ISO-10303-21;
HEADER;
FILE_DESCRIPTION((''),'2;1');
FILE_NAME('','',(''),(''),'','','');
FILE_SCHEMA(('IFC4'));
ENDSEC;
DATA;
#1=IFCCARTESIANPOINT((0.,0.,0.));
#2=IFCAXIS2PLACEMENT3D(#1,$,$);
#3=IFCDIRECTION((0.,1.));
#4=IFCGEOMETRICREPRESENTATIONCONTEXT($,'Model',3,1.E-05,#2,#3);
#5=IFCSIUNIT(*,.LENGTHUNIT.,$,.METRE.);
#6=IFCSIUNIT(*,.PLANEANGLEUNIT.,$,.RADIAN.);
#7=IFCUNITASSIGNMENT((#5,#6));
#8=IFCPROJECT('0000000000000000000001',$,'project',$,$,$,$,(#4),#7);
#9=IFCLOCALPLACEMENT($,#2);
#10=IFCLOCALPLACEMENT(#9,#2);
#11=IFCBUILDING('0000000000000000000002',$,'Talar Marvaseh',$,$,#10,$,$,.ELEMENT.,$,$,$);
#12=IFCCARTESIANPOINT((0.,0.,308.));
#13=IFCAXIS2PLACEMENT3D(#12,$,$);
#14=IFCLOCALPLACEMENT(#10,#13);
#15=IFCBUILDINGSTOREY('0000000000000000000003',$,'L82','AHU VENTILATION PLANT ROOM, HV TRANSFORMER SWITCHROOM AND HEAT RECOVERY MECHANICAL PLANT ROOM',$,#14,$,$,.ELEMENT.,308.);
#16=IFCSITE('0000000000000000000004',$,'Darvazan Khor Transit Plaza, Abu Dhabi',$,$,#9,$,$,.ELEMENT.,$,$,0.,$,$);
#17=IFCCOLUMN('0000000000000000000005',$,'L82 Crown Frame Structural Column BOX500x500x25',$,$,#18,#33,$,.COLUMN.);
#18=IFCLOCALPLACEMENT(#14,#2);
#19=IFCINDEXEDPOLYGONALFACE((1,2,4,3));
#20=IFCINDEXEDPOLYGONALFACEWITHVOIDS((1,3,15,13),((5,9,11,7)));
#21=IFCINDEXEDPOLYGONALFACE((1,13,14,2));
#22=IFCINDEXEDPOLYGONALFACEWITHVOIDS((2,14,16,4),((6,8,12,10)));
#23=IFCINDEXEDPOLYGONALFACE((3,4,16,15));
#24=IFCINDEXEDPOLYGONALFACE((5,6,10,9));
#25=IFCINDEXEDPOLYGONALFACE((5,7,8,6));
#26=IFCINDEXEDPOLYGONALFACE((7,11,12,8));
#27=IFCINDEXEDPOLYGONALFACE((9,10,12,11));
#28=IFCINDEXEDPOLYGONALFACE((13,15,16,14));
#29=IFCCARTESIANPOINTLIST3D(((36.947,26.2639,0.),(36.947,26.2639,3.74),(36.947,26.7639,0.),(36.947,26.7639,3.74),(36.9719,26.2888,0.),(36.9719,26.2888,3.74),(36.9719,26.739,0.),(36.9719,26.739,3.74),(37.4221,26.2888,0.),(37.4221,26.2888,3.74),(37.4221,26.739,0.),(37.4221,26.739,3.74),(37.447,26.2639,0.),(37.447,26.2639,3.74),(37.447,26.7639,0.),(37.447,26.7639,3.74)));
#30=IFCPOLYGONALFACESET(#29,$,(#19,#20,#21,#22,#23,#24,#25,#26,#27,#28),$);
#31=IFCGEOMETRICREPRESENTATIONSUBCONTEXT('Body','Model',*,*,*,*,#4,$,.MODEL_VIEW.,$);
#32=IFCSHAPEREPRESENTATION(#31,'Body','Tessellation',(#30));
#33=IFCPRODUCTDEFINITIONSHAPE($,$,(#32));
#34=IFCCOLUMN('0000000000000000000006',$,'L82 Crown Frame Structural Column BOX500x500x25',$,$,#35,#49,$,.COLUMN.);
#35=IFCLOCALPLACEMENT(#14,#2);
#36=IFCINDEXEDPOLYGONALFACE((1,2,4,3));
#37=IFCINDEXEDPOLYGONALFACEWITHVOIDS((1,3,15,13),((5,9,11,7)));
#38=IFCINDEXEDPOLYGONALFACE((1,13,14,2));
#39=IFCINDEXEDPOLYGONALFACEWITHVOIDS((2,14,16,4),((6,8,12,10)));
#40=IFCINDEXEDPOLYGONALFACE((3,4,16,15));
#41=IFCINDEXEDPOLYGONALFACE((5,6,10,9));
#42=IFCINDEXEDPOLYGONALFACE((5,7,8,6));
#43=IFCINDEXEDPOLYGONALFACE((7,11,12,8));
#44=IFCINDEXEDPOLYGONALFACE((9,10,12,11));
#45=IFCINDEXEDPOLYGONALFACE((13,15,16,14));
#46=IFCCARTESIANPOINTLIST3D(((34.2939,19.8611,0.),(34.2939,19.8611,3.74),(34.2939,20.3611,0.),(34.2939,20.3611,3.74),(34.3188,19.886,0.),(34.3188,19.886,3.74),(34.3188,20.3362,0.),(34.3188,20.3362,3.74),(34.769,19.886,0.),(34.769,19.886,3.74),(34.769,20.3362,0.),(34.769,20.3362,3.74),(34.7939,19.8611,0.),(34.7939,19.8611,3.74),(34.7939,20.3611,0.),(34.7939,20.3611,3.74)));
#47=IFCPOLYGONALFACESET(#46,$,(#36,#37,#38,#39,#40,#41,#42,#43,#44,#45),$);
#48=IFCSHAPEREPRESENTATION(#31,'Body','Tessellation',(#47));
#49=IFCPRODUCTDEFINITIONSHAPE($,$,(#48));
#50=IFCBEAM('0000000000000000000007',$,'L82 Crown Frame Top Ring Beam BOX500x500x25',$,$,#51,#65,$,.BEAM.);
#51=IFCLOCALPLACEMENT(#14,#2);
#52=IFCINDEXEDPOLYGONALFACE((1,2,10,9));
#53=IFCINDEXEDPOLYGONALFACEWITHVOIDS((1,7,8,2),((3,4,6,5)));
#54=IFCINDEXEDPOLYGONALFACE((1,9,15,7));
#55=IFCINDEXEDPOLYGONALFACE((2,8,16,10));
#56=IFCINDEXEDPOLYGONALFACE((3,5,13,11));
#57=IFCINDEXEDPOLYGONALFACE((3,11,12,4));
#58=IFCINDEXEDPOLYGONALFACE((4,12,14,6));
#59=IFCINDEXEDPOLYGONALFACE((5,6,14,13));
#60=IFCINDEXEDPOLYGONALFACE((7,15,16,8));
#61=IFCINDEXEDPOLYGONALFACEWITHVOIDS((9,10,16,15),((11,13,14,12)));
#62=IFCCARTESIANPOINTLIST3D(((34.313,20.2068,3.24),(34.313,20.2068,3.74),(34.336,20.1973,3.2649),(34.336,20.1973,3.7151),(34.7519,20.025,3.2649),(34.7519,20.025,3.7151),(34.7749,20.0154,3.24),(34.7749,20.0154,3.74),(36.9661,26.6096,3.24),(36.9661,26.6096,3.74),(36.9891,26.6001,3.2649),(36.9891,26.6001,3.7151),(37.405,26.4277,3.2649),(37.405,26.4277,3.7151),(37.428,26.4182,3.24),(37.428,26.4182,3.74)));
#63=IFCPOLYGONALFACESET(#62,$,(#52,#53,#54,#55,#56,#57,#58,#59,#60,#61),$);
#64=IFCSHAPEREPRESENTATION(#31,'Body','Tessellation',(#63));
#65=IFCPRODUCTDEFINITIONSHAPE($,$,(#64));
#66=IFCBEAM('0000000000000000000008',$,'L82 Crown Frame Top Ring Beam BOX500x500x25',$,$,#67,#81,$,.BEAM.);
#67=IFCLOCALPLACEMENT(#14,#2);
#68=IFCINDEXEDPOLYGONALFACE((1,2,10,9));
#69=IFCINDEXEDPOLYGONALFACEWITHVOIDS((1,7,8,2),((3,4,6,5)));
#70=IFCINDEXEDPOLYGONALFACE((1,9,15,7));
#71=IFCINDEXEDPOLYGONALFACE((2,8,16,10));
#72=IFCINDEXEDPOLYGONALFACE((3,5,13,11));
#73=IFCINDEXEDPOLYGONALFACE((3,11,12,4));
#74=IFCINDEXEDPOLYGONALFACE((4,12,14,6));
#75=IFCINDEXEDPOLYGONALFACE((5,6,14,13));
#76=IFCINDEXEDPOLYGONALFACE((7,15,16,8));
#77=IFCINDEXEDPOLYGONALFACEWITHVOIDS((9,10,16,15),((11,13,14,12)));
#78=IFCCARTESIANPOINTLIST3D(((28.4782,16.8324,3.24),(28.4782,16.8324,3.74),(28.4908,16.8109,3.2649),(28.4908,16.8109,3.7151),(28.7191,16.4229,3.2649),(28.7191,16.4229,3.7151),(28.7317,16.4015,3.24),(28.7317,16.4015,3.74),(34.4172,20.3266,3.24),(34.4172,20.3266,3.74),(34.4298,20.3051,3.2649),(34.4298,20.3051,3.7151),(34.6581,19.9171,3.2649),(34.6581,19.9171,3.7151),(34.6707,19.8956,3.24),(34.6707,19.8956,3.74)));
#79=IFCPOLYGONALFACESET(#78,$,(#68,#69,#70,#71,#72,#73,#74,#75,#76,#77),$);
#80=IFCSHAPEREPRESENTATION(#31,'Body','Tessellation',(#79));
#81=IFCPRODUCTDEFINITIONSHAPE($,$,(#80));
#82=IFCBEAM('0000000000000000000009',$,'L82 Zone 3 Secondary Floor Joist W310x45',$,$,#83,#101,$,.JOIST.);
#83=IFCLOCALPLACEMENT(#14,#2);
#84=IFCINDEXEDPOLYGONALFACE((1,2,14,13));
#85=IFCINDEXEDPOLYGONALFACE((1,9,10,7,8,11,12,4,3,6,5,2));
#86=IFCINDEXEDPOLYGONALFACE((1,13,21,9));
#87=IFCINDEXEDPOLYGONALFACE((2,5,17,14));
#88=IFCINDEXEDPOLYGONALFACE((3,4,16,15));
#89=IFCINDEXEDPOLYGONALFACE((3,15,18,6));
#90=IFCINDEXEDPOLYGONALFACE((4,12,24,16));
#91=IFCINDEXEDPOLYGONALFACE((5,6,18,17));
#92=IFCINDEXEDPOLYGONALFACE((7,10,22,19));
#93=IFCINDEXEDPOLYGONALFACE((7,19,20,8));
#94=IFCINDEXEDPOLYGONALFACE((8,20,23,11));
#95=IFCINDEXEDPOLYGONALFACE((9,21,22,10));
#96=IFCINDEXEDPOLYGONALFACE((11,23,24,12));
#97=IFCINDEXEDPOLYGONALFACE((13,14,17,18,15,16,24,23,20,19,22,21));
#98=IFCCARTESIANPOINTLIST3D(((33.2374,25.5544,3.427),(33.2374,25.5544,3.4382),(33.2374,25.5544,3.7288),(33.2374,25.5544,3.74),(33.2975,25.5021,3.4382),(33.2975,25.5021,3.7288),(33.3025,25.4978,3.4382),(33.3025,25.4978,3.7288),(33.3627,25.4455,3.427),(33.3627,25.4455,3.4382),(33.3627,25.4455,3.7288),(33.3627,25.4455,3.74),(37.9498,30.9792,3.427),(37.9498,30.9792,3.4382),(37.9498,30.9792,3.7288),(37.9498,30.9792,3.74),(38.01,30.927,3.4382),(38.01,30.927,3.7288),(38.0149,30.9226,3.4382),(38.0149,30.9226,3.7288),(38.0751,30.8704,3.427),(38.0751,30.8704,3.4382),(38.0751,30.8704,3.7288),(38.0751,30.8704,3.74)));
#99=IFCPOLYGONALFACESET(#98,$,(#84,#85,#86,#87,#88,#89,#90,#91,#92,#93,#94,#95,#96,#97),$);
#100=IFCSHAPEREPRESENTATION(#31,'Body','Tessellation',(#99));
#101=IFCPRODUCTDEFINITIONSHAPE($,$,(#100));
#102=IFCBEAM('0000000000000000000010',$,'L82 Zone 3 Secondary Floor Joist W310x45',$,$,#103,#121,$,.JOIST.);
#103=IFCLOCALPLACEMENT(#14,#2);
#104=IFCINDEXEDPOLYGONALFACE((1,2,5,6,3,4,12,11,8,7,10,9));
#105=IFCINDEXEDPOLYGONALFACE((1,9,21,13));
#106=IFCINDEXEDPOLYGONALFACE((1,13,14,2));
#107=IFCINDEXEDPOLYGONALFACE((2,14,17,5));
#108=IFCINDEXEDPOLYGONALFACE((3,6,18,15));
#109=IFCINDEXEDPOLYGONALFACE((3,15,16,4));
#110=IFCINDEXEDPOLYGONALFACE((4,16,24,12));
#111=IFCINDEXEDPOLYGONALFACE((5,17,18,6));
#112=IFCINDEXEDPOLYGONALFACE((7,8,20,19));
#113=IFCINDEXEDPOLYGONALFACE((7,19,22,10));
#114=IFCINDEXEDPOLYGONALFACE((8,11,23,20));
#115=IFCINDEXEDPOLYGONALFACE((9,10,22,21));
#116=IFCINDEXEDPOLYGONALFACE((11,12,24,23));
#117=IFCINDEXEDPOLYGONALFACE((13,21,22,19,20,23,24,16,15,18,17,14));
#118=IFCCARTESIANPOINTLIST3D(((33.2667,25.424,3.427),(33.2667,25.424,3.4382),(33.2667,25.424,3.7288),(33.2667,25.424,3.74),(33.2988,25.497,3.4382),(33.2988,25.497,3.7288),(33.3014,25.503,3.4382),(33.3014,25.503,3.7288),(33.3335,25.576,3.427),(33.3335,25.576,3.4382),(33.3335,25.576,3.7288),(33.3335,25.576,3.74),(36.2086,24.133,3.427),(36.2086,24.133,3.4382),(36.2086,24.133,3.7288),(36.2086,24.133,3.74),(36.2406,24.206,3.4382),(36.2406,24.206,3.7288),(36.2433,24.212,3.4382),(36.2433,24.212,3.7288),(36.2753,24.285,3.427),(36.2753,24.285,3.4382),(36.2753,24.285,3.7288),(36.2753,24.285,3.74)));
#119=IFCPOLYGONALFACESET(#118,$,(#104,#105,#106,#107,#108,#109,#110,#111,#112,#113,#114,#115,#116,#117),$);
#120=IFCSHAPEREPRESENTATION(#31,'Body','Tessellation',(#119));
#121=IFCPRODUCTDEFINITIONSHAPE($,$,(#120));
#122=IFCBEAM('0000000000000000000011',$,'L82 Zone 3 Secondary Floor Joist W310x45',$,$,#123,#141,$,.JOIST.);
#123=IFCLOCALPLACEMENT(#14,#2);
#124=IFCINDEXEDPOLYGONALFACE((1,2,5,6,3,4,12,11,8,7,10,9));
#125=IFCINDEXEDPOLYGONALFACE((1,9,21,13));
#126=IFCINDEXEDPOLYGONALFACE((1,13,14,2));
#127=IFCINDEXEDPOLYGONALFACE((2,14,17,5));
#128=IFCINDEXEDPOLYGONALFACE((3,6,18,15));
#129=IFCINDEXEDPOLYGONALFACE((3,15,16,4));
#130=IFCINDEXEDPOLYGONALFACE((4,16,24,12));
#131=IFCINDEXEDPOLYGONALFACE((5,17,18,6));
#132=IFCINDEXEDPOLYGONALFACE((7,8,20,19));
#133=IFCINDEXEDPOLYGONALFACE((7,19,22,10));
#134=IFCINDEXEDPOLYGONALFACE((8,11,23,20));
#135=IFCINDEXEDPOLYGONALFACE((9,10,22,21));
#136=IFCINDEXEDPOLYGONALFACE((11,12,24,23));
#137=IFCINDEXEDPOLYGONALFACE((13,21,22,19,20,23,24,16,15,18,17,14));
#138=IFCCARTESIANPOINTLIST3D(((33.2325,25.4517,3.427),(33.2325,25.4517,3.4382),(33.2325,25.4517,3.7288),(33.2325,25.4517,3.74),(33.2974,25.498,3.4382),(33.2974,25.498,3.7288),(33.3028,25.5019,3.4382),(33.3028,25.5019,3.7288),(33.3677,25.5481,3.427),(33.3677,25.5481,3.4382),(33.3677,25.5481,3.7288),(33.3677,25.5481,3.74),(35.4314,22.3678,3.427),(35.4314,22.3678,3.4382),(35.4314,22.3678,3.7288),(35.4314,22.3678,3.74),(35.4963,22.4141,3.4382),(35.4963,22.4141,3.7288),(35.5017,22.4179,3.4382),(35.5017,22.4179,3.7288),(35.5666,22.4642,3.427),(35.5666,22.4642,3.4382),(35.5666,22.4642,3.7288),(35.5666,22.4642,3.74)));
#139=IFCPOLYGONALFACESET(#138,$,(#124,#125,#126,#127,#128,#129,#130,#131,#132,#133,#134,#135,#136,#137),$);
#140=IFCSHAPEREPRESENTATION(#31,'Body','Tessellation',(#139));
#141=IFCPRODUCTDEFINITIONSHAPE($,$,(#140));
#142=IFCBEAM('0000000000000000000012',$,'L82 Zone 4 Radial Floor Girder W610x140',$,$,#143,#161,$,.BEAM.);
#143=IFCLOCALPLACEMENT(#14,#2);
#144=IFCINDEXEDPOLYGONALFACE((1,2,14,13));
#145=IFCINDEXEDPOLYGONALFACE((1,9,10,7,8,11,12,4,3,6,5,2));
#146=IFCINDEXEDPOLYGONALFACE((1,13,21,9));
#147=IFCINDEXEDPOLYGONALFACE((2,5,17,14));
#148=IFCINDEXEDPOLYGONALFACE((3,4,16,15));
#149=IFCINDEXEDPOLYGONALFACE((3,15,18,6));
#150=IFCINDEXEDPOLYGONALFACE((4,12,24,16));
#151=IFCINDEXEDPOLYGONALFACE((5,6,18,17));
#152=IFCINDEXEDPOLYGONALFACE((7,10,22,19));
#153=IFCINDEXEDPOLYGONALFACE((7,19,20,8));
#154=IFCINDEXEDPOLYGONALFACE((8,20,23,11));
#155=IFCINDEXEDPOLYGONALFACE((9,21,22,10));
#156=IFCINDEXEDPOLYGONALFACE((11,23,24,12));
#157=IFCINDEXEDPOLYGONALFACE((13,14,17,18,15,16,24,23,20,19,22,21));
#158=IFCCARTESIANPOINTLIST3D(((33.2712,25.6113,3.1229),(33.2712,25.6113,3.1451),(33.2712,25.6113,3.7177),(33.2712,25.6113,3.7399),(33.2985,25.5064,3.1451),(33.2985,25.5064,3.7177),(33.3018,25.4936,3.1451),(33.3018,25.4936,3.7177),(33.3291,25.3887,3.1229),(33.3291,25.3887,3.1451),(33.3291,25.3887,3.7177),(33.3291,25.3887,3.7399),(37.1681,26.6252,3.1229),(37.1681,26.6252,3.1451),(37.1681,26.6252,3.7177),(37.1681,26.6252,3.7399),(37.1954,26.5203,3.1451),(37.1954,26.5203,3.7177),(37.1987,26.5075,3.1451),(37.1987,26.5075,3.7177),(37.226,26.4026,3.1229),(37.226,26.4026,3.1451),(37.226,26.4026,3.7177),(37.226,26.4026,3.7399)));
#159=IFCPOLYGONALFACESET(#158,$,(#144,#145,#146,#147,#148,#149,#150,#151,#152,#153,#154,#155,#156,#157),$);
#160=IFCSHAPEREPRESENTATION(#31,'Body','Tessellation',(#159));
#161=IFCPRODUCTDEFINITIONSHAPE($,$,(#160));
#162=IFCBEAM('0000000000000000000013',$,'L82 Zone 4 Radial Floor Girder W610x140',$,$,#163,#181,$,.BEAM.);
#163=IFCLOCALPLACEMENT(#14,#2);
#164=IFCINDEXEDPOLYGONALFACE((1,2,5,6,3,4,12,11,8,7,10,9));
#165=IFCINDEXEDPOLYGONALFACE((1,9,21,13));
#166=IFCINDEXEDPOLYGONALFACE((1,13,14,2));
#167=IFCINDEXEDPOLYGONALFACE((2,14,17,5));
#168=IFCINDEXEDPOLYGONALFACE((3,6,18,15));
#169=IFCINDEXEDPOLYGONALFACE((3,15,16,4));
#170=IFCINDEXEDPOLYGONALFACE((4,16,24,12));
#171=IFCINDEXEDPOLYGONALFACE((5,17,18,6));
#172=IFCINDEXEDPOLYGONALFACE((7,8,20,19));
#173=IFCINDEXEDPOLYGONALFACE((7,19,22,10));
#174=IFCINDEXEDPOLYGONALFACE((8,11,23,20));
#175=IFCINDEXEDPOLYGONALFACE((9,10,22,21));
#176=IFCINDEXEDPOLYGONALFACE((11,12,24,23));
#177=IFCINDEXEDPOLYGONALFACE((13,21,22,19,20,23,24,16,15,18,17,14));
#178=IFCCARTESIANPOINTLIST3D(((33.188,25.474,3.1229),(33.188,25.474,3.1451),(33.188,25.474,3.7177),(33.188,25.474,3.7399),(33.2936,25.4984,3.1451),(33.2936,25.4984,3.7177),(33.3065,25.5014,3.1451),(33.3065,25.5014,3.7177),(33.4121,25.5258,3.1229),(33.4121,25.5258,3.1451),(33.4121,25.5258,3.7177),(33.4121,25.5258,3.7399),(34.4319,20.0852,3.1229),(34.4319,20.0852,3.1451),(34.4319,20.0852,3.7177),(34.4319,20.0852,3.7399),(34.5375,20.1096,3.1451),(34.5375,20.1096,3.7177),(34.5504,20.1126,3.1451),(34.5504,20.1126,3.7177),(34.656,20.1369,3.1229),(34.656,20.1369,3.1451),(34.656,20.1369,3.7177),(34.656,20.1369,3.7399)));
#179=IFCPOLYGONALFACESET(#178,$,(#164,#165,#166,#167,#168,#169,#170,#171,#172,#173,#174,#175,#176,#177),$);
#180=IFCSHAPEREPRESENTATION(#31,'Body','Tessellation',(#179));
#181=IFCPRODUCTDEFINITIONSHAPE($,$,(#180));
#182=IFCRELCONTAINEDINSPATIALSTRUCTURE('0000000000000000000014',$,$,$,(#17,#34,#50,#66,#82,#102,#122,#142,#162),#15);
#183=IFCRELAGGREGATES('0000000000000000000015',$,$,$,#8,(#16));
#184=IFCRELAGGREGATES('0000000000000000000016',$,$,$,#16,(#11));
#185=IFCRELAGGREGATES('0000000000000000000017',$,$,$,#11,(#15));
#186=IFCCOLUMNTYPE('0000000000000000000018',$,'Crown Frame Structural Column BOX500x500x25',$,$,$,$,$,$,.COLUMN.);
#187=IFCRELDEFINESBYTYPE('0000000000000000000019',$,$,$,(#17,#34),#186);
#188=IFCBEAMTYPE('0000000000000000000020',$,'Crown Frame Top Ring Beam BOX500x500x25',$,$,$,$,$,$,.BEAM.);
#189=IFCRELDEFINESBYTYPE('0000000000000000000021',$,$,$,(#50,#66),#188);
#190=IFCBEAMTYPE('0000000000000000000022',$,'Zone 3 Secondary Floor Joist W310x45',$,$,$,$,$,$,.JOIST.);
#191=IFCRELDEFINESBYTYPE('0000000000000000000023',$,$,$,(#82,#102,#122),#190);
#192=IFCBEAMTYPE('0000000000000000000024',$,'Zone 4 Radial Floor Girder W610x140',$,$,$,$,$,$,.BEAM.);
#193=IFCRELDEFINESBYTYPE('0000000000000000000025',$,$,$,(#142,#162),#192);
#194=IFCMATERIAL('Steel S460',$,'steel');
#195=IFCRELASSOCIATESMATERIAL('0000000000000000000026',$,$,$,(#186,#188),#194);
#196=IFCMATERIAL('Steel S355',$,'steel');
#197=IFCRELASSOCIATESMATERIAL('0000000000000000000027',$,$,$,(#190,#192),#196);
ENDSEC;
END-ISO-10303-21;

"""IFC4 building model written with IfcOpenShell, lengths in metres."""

from ifc_helpers import new_model, si_unit, direction, frame, origin, origin_2d, place, context, subcontext, project, spatial, hollow_rectangle, i_section, extrude, material, material_profile, profile_set, type_object, element, save


model = new_model("IFC4")

# Units and contexts
model_context = context("Model", 3, precision=1e-05, world=origin(), true_north=direction((0.0, 1.0)))
body_context = subcontext(model_context, "Body", "Model", "MODEL_VIEW")
ifc_project = project(units=[si_unit("LENGTHUNIT", "METRE"), si_unit("PLANEANGLEUNIT", "RADIAN")], contexts=[model_context])

# Site, building, storey
site_placement = place(None, origin())
site = spatial("IfcSite", under=ifc_project, at=site_placement, Name="Darvazan Khor Transit Plaza, Abu Dhabi", CompositionType="ELEMENT", RefElevation=0.0)
building_placement = place(site_placement, origin())
building = spatial("IfcBuilding", under=site, at=building_placement, Name="Talar Marvaseh", CompositionType="ELEMENT")
storey_placement = place(building_placement, frame((0.0, 0.0, 308.0)))
storey = spatial("IfcBuildingStorey", under=building, at=storey_placement, Name="L82", Description="AHU VENTILATION PLANT ROOM, HV TRANSFORMER SWITCHROOM AND HEAT RECOVERY MECHANICAL PLANT ROOM", CompositionType="ELEMENT", Elevation=308.0)

# Columns
ifc_material_1 = material(Name="Steel S460", Category="steel")
ifc_material_profile_1 = material_profile(ifc_material_1, hollow_rectangle(XDim=0.5, YDim=0.5, WallThickness=0.0249, at=origin_2d()), Name="BOX500x500x25")
ifc_profile_set_1 = profile_set([ifc_material_profile_1], Name="Steel S460")
column_type = type_object("IfcColumnType", Name="Crown Frame Structural Column BOX500x500x25", PredefinedType="COLUMN", material=ifc_profile_set_1)
for number, where, z_axis, x_axis, name in (
    (1, (37.197, 26.5139, 0.0), (0.0, 0.0, 1.0), (1.0, 0.0, 0.0), "L82 Crown Frame Structural Column BOX500x500x25"),
    (2, (34.5439, 20.1111, 0.0), (0.0, 0.0, 1.0), (1.0, 0.0, 0.0), "L82 Crown Frame Structural Column BOX500x500x25"),
):
    element("IfcColumn", number, at=place(storey_placement, frame(where, z_axis=z_axis, x_axis=x_axis)), inside=storey, type_object=column_type, Name=name, PredefinedType="COLUMN", context=body_context, shape_type="SweptSolid", body=[
        extrude(hollow_rectangle(XDim=0.5, YDim=0.5, WallThickness=0.0249, at=origin_2d()), origin(), (0.0, 0.0, 1.0), 3.74),
    ])

# Beams
ifc_material_profile_2 = material_profile(ifc_material_1, hollow_rectangle(XDim=0.5, YDim=0.5, WallThickness=0.0249, at=origin_2d()), Name="BOX500x500x25")
ifc_profile_set_2 = profile_set([ifc_material_profile_2], Name="Steel S460")
beam_type_1 = type_object("IfcBeamType", Name="Crown Frame Top Ring Beam BOX500x500x25", PredefinedType="BEAM", material=ifc_profile_set_2)
beam_1_placement = place(storey_placement, frame((37.197, 26.5139, 3.49), z_axis=(-0.382799, -0.923832, 0.0), x_axis=(0.923832, -0.382799, 0.0)))
element("IfcBeam", 3, at=beam_1_placement, inside=storey, type_object=beam_type_1, Name="L82 Crown Frame Top Ring Beam BOX500x500x25", PredefinedType="BEAM", context=body_context, shape_type="SweptSolid", body=[
    extrude(hollow_rectangle(XDim=0.5, YDim=0.5, WallThickness=0.0249, at=origin_2d()), origin(), (0.0, 0.0, 1.0), 6.9307),
])
beam_2_placement = place(storey_placement, frame((34.5439, 20.1111, 3.49), z_axis=(-0.861894, -0.507088, 0.0), x_axis=(0.507088, -0.861894, 0.0)))
element("IfcBeam", 4, at=beam_2_placement, inside=storey, type_object=beam_type_1, Name="L82 Crown Frame Top Ring Beam BOX500x500x25", PredefinedType="BEAM", context=body_context, shape_type="SweptSolid", body=[
    extrude(hollow_rectangle(XDim=0.5, YDim=0.5, WallThickness=0.0249, at=origin_2d()), origin(), (0.0, 0.0, 1.0), 6.8906),
])
ifc_material_2 = material(Name="Steel S355", Category="steel")
ifc_material_profile_3 = material_profile(ifc_material_2, i_section(OverallWidth=0.166, OverallDepth=0.313, WebThickness=0.0066, FlangeThickness=0.0112, at=origin_2d()), Name="W310x45")
ifc_profile_set_3 = profile_set([ifc_material_profile_3], Name="Steel S355")
beam_type_2 = type_object("IfcBeamType", Name="Zone 3 Secondary Floor Joist W310x45", PredefinedType="JOIST", material=ifc_profile_set_3)
beam_3_placement = place(storey_placement, frame((38.0125, 30.9248, 3.5835), z_axis=(-0.655797, -0.754938, 0.0), x_axis=(0.754938, -0.655797, 0.0)))
element("IfcBeam", 5, at=beam_3_placement, inside=storey, type_object=beam_type_2, Name="L82 Zone 3 Secondary Floor Joist W310x45", PredefinedType="JOIST", context=body_context, shape_type="SweptSolid", body=[
    extrude(i_section(OverallWidth=0.166, OverallDepth=0.313, WebThickness=0.0066, FlangeThickness=0.0112, at=origin_2d()), origin(), (0.0, 0.0, 1.0), 7.1858),
])
beam_4_placement = place(storey_placement, frame((36.2419, 24.209, 3.5835), z_axis=(-0.915707, 0.401847, 0.0), x_axis=(-0.401847, -0.915707, 0.0)))
element("IfcBeam", 6, at=beam_4_placement, inside=storey, type_object=beam_type_2, Name="L82 Zone 3 Secondary Floor Joist W310x45", PredefinedType="JOIST", context=body_context, shape_type="SweptSolid", body=[
    extrude(i_section(OverallWidth=0.166, OverallDepth=0.313, WebThickness=0.0066, FlangeThickness=0.0112, at=origin_2d()), origin(), (0.0, 0.0, 1.0), 3.2126),
])
beam_5_placement = place(storey_placement, frame((35.499, 22.416, 3.5835), z_axis=(-0.580561, 0.814217, 0.0), x_axis=(-0.814217, -0.580561, 0.0)))
element("IfcBeam", 7, at=beam_5_placement, inside=storey, type_object=beam_type_2, Name="L82 Zone 3 Secondary Floor Joist W310x45", PredefinedType="JOIST", context=body_context, shape_type="SweptSolid", body=[
    extrude(i_section(OverallWidth=0.166, OverallDepth=0.313, WebThickness=0.0066, FlangeThickness=0.0112, at=origin_2d()), origin(), (0.0, 0.0, 1.0), 3.7876),
])
ifc_material_profile_4 = material_profile(ifc_material_2, i_section(OverallWidth=0.23, OverallDepth=0.6169, WebThickness=0.0132, FlangeThickness=0.0222, at=origin_2d()), Name="W610x140")
ifc_profile_set_4 = profile_set([ifc_material_profile_4], Name="Steel S355")
beam_type_3 = type_object("IfcBeamType", Name="Zone 4 Radial Floor Girder W610x140", PredefinedType="BEAM", material=ifc_profile_set_4)
beam_6_placement = place(storey_placement, frame((37.197, 26.5139, 3.4314), z_axis=(-0.96778, -0.251797, 0.0), x_axis=(0.251797, -0.96778, 0.0)))
element("IfcBeam", 8, at=beam_6_placement, inside=storey, type_object=beam_type_3, Name="L82 Zone 4 Radial Floor Girder W610x140", PredefinedType="BEAM", context=body_context, shape_type="SweptSolid", body=[
    extrude(i_section(OverallWidth=0.23, OverallDepth=0.6169, WebThickness=0.0132, FlangeThickness=0.0222, at=origin_2d()), origin(), (0.0, 0.0, 1.0), 4.0266),
])
beam_7_placement = place(storey_placement, frame((34.5439, 20.1111, 3.4314), z_axis=(-0.224911, 0.974379, 0.0), x_axis=(-0.974379, -0.224911, 0.0)))
element("IfcBeam", 9, at=beam_7_placement, inside=storey, type_object=beam_type_3, Name="L82 Zone 4 Radial Floor Girder W610x140", PredefinedType="BEAM", context=body_context, shape_type="SweptSolid", body=[
    extrude(i_section(OverallWidth=0.23, OverallDepth=0.6169, WebThickness=0.0132, FlangeThickness=0.0222, at=origin_2d()), origin(), (0.0, 0.0, 1.0), 5.5305),
])

save(model, "model.ifc")
